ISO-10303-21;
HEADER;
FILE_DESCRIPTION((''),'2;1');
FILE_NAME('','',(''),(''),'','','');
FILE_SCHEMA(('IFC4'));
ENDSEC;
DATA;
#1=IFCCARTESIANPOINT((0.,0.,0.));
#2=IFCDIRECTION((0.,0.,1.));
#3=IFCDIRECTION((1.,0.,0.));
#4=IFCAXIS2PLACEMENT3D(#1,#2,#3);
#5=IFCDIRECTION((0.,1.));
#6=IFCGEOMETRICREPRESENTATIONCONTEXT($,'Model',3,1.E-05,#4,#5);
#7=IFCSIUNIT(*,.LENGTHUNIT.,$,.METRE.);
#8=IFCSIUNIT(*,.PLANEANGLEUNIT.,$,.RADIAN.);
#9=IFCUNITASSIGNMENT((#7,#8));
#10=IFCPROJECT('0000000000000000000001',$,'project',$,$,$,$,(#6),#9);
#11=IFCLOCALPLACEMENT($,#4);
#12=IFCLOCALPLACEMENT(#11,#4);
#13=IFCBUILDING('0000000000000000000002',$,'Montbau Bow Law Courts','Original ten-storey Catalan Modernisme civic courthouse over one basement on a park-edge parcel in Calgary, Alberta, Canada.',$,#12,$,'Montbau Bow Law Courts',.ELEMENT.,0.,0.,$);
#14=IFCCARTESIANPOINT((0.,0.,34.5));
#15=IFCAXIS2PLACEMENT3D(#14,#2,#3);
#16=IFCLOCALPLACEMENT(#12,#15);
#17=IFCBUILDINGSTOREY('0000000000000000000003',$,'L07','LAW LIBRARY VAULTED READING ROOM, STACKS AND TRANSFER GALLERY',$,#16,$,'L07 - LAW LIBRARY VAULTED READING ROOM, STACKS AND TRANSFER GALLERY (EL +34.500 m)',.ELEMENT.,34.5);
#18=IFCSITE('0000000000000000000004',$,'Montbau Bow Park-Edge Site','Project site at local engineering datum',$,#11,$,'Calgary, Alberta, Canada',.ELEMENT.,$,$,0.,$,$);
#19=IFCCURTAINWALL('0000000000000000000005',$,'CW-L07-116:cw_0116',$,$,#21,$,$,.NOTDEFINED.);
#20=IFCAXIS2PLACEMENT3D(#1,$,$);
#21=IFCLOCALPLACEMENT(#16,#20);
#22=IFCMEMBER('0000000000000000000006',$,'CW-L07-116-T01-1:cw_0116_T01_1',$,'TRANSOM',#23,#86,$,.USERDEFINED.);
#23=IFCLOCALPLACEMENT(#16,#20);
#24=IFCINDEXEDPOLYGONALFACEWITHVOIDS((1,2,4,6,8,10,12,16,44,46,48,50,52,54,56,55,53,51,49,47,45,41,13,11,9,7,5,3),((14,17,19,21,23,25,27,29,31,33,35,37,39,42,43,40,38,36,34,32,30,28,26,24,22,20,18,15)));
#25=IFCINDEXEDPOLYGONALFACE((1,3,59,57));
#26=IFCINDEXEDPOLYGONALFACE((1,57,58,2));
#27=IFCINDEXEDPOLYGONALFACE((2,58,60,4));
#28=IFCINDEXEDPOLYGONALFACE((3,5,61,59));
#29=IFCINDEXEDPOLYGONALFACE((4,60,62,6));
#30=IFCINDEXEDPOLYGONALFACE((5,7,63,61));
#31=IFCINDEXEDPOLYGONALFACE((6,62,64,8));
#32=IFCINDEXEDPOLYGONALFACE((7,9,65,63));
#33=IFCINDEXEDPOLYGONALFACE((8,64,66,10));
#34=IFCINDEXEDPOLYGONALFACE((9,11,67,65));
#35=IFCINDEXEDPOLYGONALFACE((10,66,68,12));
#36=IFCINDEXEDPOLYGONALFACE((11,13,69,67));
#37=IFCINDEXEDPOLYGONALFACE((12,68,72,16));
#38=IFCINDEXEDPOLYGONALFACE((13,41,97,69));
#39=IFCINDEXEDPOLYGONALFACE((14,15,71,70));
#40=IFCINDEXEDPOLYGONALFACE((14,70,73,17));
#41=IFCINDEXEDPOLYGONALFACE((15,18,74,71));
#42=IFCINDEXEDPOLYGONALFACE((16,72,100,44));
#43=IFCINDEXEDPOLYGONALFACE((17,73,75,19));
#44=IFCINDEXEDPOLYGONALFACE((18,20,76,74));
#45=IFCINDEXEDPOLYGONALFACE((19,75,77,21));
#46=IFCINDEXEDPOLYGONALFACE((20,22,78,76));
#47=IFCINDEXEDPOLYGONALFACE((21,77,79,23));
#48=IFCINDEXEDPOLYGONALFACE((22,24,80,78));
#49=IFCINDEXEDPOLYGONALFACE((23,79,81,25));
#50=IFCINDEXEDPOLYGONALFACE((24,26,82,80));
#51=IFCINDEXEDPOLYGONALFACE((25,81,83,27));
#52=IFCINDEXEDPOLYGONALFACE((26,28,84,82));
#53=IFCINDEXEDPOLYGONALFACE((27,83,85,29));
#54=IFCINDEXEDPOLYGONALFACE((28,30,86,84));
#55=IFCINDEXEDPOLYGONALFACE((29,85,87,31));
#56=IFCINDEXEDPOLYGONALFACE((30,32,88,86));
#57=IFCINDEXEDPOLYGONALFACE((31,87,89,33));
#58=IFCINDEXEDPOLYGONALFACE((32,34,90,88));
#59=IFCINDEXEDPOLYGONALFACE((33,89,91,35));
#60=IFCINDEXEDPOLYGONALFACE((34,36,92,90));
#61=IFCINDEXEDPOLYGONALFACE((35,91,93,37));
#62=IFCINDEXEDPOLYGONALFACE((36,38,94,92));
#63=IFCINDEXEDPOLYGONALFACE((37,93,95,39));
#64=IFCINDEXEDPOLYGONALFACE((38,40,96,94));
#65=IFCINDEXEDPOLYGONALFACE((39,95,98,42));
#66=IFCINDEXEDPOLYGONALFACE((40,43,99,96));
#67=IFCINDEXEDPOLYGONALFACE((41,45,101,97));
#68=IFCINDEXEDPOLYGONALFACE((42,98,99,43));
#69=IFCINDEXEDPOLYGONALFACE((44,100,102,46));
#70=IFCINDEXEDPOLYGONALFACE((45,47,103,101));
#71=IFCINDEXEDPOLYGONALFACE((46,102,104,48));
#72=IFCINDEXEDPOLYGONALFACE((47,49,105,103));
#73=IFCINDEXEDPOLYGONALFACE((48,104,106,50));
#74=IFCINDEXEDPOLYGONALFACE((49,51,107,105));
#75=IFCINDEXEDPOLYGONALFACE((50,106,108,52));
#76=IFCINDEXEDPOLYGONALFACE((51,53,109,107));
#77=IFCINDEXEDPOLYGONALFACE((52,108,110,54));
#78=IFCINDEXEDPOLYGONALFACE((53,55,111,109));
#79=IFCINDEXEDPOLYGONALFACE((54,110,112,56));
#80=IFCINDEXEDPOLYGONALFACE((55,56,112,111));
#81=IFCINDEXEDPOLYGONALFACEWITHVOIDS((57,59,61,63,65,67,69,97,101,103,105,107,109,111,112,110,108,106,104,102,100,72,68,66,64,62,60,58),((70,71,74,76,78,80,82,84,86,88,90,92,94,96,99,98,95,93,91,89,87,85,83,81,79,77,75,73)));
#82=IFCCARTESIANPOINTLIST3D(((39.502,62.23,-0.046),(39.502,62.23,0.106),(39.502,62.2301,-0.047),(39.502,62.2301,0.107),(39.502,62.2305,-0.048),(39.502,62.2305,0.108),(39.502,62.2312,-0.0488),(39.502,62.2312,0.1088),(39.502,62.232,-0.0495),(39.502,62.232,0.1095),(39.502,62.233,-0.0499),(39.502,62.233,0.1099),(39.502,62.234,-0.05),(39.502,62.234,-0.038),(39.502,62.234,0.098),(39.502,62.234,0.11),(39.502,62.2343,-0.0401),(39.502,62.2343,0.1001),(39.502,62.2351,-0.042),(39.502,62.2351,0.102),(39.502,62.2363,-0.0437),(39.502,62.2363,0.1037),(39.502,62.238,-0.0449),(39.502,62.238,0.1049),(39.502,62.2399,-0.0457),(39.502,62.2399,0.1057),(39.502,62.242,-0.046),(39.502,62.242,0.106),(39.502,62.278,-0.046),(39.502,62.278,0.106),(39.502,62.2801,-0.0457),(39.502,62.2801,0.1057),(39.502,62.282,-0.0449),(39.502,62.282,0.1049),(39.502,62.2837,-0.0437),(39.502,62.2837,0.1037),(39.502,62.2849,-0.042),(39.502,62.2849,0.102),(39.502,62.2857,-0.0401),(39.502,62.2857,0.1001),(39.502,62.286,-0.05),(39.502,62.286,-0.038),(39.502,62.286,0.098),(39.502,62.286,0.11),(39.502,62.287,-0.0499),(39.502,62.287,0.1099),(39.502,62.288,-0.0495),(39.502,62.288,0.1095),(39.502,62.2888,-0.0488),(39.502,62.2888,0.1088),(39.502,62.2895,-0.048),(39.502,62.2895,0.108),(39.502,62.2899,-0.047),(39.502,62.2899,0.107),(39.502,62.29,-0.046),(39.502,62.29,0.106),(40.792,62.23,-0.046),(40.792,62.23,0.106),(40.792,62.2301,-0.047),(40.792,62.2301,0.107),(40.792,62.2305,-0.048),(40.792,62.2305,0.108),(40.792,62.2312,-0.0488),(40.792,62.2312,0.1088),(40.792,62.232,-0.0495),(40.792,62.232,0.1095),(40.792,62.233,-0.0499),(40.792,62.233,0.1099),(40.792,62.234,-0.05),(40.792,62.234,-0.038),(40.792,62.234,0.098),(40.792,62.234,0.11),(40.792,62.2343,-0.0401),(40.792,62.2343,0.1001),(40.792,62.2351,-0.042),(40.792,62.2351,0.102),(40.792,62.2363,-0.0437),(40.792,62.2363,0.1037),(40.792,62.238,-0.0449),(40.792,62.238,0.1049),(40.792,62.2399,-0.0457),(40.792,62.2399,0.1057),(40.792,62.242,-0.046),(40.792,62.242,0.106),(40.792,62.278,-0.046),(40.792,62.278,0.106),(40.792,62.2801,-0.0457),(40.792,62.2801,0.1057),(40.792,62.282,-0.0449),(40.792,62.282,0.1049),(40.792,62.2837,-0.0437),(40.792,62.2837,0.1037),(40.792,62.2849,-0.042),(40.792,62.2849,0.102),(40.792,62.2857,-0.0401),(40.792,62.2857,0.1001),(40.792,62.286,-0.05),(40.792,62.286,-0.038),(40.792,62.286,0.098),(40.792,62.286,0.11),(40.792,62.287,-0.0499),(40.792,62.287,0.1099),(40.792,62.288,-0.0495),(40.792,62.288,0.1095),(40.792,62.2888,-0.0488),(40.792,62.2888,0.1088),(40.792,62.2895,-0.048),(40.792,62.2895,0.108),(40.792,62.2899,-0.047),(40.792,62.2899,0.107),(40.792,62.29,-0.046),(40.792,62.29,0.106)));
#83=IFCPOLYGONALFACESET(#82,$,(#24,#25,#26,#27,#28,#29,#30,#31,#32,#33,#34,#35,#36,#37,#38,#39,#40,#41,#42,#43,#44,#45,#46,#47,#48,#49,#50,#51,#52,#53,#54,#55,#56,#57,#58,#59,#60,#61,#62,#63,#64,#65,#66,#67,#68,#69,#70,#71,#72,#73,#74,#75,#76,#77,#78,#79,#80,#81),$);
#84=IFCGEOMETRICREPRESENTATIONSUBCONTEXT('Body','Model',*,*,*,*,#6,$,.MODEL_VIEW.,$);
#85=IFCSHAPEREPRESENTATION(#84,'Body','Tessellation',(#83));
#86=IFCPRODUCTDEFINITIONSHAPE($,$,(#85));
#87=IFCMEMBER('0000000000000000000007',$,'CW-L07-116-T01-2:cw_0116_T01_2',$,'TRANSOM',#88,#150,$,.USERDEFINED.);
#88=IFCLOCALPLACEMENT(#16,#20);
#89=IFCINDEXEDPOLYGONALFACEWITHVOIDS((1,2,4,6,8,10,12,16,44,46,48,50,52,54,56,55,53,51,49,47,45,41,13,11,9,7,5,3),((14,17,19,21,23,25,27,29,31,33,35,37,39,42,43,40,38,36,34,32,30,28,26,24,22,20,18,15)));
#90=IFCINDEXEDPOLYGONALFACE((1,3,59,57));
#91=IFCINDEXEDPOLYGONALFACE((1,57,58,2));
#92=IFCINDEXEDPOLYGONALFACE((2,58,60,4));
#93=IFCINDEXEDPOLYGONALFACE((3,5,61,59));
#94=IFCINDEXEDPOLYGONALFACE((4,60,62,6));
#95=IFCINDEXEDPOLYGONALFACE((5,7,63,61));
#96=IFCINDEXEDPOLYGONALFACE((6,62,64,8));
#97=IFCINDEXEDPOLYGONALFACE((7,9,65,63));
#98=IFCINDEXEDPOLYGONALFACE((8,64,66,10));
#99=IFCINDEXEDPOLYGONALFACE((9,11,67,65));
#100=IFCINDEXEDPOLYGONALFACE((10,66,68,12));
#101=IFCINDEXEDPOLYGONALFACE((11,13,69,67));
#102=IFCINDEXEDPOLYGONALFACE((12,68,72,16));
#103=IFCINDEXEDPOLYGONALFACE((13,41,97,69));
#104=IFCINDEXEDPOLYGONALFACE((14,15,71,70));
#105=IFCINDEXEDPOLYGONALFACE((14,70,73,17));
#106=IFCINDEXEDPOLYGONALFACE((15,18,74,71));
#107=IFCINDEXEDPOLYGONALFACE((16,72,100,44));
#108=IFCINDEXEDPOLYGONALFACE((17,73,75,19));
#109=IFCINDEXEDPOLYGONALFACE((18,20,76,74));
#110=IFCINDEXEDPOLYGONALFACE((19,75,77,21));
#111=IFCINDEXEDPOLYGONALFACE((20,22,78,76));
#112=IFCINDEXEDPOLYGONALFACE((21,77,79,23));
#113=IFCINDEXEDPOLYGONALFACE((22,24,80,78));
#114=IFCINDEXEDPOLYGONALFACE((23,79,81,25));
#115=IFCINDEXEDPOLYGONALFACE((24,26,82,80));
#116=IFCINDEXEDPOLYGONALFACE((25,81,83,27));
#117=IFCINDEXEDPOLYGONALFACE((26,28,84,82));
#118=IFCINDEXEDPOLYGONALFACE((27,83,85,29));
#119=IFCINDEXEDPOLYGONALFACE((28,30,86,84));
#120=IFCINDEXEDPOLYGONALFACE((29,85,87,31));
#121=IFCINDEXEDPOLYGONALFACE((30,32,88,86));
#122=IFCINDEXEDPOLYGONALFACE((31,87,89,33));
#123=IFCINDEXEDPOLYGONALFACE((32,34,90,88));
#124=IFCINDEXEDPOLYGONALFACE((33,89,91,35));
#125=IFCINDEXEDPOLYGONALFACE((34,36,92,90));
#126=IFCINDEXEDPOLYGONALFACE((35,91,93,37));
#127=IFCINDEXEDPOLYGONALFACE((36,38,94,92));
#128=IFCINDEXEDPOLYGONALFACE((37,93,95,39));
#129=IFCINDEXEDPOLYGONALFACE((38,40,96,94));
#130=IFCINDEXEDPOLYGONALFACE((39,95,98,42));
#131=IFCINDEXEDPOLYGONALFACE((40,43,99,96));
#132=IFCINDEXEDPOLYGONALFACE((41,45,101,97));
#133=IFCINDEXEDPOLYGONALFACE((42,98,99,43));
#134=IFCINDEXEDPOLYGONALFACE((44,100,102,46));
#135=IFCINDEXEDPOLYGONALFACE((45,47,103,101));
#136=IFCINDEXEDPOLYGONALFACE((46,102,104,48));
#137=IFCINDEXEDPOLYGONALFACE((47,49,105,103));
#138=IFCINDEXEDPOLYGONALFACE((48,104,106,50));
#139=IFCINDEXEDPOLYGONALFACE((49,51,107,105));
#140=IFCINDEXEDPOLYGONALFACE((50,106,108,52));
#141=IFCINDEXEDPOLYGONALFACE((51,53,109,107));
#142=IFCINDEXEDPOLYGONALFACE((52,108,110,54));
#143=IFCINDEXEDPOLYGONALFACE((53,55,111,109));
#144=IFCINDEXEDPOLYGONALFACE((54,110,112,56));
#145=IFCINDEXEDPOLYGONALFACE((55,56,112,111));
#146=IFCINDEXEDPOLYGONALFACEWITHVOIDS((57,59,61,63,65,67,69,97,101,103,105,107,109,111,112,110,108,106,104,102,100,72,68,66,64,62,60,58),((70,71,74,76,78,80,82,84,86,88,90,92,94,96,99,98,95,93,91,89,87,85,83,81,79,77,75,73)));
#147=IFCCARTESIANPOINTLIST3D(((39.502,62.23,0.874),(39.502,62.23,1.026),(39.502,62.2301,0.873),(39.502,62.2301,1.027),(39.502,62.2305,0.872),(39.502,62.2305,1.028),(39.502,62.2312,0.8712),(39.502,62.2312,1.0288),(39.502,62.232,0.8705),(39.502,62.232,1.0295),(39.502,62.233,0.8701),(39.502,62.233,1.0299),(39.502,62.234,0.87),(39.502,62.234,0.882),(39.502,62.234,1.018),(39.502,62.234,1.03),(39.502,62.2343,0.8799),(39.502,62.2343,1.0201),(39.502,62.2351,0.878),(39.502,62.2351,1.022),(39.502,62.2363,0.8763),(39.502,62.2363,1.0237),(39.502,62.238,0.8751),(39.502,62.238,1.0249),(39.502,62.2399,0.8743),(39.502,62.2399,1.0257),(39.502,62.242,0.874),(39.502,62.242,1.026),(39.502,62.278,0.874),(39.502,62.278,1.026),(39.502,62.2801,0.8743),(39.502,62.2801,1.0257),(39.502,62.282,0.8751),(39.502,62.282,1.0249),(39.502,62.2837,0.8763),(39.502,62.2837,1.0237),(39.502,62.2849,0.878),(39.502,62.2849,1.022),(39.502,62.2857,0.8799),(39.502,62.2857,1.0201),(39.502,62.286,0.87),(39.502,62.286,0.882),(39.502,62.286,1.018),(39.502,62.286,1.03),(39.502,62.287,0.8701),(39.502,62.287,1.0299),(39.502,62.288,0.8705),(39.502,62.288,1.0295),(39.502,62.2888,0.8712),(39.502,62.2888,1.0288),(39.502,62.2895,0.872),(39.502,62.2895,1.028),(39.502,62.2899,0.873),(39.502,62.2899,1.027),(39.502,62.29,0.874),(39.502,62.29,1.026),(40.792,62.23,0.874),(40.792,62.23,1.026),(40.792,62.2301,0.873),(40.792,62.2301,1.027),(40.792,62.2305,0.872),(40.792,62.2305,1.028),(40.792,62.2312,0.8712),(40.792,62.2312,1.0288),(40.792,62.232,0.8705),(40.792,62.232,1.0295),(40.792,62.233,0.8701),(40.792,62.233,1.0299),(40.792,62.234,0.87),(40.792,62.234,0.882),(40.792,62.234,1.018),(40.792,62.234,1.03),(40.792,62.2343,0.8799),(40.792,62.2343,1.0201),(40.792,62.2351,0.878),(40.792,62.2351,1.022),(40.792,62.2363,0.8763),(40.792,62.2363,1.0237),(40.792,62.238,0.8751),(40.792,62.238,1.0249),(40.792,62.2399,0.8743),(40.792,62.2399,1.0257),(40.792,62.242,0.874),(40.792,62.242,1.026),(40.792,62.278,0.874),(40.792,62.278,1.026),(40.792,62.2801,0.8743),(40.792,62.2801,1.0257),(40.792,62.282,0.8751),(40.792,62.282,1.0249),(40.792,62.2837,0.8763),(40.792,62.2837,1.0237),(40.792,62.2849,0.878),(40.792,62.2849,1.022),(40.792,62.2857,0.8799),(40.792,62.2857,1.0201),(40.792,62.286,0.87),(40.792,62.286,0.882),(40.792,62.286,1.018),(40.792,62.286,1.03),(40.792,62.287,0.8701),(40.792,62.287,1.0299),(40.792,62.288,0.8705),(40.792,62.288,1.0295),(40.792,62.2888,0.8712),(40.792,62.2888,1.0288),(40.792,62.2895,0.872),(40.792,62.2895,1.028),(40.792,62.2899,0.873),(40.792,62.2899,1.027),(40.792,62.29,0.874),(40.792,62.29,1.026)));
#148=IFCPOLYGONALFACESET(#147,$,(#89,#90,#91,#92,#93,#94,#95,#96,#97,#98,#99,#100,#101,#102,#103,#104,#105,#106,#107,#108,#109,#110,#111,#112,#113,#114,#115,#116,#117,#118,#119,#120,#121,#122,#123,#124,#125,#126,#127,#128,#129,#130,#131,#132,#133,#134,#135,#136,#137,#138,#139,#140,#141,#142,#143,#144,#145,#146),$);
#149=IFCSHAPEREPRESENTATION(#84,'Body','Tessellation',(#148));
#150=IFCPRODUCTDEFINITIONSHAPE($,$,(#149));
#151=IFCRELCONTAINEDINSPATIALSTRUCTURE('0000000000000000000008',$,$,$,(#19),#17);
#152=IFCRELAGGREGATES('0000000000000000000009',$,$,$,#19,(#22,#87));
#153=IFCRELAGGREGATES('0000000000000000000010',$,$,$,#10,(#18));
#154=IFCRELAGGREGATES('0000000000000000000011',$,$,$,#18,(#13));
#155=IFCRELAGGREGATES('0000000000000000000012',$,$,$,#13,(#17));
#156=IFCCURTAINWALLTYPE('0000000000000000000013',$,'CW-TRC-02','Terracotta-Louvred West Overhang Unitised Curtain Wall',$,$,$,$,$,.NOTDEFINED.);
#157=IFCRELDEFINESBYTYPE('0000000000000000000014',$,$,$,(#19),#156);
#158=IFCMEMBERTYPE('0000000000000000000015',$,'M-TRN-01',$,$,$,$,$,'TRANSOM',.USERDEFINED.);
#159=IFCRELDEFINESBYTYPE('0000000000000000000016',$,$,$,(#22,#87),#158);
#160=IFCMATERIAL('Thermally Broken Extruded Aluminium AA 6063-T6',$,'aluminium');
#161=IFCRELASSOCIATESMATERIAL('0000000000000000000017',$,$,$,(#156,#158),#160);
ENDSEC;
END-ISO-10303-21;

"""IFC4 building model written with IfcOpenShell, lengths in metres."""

from ifc_helpers import new_model, si_unit, direction, frame, origin_with_axes, origin_2d_with_axis, place, context, subcontext, project, spatial, hollow_rectangle, extrude, material, material_profile, profile_set, type_object, element, aggregate, save


model = new_model("IFC4")

# Units and contexts
model_context = context("Model", 3, precision=1e-05, world=origin_with_axes(), true_north=direction((0.0, 1.0)))
body_context = subcontext(model_context, "Body", "Model", "MODEL_VIEW")
ifc_project = project(units=[si_unit("LENGTHUNIT", "METRE"), si_unit("PLANEANGLEUNIT", "RADIAN")], contexts=[model_context])

# Site, building, storey
site_placement = place(None, origin_with_axes())
site = spatial("IfcSite", under=ifc_project, at=site_placement, Name="Montbau Bow Park-Edge Site", Description="Project site at local engineering datum", LongName="Calgary, Alberta, Canada", CompositionType="ELEMENT", RefElevation=0.0)
building_placement = place(site_placement, origin_with_axes())
building = spatial("IfcBuilding", under=site, at=building_placement, Name="Montbau Bow Law Courts", Description="Original ten-storey Catalan Modernisme civic courthouse over one basement on a park-edge parcel in Calgary, Alberta, Canada.", LongName="Montbau Bow Law Courts", CompositionType="ELEMENT", ElevationOfRefHeight=0.0, ElevationOfTerrain=0.0)
storey_placement = place(building_placement, frame((0.0, 0.0, 34.5), z_axis=(0.0, 0.0, 1.0), x_axis=(1.0, 0.0, 0.0)))
storey = spatial("IfcBuildingStorey", under=building, at=storey_placement, Name="L07", Description="LAW LIBRARY VAULTED READING ROOM, STACKS AND TRANSFER GALLERY", LongName="L07 - LAW LIBRARY VAULTED READING ROOM, STACKS AND TRANSFER GALLERY (EL +34.500 m)", CompositionType="ELEMENT", Elevation=34.5)

# Curtain wall, members
ifc_material_1 = material(Name="Thermally Broken Extruded Aluminium AA 6063-T6", Category="aluminium")
curtain_wall_type = type_object("IfcCurtainWallType", Name="CW-TRC-02", Description="Terracotta-Louvred West Overhang Unitised Curtain Wall", PredefinedType="NOTDEFINED", material=ifc_material_1)
curtain_wall_1_placement = place(None, frame((39.44, 62.26, 34.5), z_axis=(0.0, 0.0, 1.0), x_axis=(1.0, 0.0, 0.0)))
curtain_wall_1 = element("IfcCurtainWall", 1, at=curtain_wall_1_placement, inside=storey, type_object=curtain_wall_type, Name="CW-L07-116:cw_0116", PredefinedType="NOTDEFINED")
ifc_material_profile_1 = material_profile(ifc_material_1, hollow_rectangle(XDim=0.06, YDim=0.16, WallThickness=0.004, InnerFilletRadius=0.008, OuterFilletRadius=0.004, at=origin_2d_with_axis()), Name="CWT-160X60", Category="Main", Priority=0)
ifc_profile_set_1 = profile_set([ifc_material_profile_1], Name="Thermally Broken Extruded Aluminium AA 6063-T6")
member_type_1 = type_object("IfcMemberType", Name="M-TRN-01", ElementType="TRANSOM", PredefinedType="USERDEFINED", material=ifc_profile_set_1)
member_1_placement = place(None, frame((39.502, 62.26, 34.53), z_axis=(1.0, 0.0, 0.0), x_axis=(0.0, 1.0, 0.0)))
member_1 = element("IfcMember", 2, at=member_1_placement, type_object=member_type_1, Name="CW-L07-116-T01-1:cw_0116_T01_1", ObjectType="TRANSOM", PredefinedType="USERDEFINED", context=body_context, shape_type="SweptSolid", body=[
    extrude(hollow_rectangle(XDim=0.06, YDim=0.16, WallThickness=0.004, InnerFilletRadius=0.008, OuterFilletRadius=0.004, at=origin_2d_with_axis()), origin_with_axes(), (0.0, 0.0, 1.0), 1.29),
])
member_2_placement = place(None, frame((39.502, 62.26, 35.45), z_axis=(1.0, 0.0, 0.0), x_axis=(0.0, 1.0, 0.0)))
member_2 = element("IfcMember", 3, at=member_2_placement, type_object=member_type_1, Name="CW-L07-116-T01-2:cw_0116_T01_2", ObjectType="TRANSOM", PredefinedType="USERDEFINED", context=body_context, shape_type="SweptSolid", body=[
    extrude(hollow_rectangle(XDim=0.06, YDim=0.16, WallThickness=0.004, InnerFilletRadius=0.008, OuterFilletRadius=0.004, at=origin_2d_with_axis()), origin_with_axes(), (0.0, 0.0, 1.0), 1.29),
])

aggregate(curtain_wall_1, [member_1, member_2])

save(model, "model.ifc")
